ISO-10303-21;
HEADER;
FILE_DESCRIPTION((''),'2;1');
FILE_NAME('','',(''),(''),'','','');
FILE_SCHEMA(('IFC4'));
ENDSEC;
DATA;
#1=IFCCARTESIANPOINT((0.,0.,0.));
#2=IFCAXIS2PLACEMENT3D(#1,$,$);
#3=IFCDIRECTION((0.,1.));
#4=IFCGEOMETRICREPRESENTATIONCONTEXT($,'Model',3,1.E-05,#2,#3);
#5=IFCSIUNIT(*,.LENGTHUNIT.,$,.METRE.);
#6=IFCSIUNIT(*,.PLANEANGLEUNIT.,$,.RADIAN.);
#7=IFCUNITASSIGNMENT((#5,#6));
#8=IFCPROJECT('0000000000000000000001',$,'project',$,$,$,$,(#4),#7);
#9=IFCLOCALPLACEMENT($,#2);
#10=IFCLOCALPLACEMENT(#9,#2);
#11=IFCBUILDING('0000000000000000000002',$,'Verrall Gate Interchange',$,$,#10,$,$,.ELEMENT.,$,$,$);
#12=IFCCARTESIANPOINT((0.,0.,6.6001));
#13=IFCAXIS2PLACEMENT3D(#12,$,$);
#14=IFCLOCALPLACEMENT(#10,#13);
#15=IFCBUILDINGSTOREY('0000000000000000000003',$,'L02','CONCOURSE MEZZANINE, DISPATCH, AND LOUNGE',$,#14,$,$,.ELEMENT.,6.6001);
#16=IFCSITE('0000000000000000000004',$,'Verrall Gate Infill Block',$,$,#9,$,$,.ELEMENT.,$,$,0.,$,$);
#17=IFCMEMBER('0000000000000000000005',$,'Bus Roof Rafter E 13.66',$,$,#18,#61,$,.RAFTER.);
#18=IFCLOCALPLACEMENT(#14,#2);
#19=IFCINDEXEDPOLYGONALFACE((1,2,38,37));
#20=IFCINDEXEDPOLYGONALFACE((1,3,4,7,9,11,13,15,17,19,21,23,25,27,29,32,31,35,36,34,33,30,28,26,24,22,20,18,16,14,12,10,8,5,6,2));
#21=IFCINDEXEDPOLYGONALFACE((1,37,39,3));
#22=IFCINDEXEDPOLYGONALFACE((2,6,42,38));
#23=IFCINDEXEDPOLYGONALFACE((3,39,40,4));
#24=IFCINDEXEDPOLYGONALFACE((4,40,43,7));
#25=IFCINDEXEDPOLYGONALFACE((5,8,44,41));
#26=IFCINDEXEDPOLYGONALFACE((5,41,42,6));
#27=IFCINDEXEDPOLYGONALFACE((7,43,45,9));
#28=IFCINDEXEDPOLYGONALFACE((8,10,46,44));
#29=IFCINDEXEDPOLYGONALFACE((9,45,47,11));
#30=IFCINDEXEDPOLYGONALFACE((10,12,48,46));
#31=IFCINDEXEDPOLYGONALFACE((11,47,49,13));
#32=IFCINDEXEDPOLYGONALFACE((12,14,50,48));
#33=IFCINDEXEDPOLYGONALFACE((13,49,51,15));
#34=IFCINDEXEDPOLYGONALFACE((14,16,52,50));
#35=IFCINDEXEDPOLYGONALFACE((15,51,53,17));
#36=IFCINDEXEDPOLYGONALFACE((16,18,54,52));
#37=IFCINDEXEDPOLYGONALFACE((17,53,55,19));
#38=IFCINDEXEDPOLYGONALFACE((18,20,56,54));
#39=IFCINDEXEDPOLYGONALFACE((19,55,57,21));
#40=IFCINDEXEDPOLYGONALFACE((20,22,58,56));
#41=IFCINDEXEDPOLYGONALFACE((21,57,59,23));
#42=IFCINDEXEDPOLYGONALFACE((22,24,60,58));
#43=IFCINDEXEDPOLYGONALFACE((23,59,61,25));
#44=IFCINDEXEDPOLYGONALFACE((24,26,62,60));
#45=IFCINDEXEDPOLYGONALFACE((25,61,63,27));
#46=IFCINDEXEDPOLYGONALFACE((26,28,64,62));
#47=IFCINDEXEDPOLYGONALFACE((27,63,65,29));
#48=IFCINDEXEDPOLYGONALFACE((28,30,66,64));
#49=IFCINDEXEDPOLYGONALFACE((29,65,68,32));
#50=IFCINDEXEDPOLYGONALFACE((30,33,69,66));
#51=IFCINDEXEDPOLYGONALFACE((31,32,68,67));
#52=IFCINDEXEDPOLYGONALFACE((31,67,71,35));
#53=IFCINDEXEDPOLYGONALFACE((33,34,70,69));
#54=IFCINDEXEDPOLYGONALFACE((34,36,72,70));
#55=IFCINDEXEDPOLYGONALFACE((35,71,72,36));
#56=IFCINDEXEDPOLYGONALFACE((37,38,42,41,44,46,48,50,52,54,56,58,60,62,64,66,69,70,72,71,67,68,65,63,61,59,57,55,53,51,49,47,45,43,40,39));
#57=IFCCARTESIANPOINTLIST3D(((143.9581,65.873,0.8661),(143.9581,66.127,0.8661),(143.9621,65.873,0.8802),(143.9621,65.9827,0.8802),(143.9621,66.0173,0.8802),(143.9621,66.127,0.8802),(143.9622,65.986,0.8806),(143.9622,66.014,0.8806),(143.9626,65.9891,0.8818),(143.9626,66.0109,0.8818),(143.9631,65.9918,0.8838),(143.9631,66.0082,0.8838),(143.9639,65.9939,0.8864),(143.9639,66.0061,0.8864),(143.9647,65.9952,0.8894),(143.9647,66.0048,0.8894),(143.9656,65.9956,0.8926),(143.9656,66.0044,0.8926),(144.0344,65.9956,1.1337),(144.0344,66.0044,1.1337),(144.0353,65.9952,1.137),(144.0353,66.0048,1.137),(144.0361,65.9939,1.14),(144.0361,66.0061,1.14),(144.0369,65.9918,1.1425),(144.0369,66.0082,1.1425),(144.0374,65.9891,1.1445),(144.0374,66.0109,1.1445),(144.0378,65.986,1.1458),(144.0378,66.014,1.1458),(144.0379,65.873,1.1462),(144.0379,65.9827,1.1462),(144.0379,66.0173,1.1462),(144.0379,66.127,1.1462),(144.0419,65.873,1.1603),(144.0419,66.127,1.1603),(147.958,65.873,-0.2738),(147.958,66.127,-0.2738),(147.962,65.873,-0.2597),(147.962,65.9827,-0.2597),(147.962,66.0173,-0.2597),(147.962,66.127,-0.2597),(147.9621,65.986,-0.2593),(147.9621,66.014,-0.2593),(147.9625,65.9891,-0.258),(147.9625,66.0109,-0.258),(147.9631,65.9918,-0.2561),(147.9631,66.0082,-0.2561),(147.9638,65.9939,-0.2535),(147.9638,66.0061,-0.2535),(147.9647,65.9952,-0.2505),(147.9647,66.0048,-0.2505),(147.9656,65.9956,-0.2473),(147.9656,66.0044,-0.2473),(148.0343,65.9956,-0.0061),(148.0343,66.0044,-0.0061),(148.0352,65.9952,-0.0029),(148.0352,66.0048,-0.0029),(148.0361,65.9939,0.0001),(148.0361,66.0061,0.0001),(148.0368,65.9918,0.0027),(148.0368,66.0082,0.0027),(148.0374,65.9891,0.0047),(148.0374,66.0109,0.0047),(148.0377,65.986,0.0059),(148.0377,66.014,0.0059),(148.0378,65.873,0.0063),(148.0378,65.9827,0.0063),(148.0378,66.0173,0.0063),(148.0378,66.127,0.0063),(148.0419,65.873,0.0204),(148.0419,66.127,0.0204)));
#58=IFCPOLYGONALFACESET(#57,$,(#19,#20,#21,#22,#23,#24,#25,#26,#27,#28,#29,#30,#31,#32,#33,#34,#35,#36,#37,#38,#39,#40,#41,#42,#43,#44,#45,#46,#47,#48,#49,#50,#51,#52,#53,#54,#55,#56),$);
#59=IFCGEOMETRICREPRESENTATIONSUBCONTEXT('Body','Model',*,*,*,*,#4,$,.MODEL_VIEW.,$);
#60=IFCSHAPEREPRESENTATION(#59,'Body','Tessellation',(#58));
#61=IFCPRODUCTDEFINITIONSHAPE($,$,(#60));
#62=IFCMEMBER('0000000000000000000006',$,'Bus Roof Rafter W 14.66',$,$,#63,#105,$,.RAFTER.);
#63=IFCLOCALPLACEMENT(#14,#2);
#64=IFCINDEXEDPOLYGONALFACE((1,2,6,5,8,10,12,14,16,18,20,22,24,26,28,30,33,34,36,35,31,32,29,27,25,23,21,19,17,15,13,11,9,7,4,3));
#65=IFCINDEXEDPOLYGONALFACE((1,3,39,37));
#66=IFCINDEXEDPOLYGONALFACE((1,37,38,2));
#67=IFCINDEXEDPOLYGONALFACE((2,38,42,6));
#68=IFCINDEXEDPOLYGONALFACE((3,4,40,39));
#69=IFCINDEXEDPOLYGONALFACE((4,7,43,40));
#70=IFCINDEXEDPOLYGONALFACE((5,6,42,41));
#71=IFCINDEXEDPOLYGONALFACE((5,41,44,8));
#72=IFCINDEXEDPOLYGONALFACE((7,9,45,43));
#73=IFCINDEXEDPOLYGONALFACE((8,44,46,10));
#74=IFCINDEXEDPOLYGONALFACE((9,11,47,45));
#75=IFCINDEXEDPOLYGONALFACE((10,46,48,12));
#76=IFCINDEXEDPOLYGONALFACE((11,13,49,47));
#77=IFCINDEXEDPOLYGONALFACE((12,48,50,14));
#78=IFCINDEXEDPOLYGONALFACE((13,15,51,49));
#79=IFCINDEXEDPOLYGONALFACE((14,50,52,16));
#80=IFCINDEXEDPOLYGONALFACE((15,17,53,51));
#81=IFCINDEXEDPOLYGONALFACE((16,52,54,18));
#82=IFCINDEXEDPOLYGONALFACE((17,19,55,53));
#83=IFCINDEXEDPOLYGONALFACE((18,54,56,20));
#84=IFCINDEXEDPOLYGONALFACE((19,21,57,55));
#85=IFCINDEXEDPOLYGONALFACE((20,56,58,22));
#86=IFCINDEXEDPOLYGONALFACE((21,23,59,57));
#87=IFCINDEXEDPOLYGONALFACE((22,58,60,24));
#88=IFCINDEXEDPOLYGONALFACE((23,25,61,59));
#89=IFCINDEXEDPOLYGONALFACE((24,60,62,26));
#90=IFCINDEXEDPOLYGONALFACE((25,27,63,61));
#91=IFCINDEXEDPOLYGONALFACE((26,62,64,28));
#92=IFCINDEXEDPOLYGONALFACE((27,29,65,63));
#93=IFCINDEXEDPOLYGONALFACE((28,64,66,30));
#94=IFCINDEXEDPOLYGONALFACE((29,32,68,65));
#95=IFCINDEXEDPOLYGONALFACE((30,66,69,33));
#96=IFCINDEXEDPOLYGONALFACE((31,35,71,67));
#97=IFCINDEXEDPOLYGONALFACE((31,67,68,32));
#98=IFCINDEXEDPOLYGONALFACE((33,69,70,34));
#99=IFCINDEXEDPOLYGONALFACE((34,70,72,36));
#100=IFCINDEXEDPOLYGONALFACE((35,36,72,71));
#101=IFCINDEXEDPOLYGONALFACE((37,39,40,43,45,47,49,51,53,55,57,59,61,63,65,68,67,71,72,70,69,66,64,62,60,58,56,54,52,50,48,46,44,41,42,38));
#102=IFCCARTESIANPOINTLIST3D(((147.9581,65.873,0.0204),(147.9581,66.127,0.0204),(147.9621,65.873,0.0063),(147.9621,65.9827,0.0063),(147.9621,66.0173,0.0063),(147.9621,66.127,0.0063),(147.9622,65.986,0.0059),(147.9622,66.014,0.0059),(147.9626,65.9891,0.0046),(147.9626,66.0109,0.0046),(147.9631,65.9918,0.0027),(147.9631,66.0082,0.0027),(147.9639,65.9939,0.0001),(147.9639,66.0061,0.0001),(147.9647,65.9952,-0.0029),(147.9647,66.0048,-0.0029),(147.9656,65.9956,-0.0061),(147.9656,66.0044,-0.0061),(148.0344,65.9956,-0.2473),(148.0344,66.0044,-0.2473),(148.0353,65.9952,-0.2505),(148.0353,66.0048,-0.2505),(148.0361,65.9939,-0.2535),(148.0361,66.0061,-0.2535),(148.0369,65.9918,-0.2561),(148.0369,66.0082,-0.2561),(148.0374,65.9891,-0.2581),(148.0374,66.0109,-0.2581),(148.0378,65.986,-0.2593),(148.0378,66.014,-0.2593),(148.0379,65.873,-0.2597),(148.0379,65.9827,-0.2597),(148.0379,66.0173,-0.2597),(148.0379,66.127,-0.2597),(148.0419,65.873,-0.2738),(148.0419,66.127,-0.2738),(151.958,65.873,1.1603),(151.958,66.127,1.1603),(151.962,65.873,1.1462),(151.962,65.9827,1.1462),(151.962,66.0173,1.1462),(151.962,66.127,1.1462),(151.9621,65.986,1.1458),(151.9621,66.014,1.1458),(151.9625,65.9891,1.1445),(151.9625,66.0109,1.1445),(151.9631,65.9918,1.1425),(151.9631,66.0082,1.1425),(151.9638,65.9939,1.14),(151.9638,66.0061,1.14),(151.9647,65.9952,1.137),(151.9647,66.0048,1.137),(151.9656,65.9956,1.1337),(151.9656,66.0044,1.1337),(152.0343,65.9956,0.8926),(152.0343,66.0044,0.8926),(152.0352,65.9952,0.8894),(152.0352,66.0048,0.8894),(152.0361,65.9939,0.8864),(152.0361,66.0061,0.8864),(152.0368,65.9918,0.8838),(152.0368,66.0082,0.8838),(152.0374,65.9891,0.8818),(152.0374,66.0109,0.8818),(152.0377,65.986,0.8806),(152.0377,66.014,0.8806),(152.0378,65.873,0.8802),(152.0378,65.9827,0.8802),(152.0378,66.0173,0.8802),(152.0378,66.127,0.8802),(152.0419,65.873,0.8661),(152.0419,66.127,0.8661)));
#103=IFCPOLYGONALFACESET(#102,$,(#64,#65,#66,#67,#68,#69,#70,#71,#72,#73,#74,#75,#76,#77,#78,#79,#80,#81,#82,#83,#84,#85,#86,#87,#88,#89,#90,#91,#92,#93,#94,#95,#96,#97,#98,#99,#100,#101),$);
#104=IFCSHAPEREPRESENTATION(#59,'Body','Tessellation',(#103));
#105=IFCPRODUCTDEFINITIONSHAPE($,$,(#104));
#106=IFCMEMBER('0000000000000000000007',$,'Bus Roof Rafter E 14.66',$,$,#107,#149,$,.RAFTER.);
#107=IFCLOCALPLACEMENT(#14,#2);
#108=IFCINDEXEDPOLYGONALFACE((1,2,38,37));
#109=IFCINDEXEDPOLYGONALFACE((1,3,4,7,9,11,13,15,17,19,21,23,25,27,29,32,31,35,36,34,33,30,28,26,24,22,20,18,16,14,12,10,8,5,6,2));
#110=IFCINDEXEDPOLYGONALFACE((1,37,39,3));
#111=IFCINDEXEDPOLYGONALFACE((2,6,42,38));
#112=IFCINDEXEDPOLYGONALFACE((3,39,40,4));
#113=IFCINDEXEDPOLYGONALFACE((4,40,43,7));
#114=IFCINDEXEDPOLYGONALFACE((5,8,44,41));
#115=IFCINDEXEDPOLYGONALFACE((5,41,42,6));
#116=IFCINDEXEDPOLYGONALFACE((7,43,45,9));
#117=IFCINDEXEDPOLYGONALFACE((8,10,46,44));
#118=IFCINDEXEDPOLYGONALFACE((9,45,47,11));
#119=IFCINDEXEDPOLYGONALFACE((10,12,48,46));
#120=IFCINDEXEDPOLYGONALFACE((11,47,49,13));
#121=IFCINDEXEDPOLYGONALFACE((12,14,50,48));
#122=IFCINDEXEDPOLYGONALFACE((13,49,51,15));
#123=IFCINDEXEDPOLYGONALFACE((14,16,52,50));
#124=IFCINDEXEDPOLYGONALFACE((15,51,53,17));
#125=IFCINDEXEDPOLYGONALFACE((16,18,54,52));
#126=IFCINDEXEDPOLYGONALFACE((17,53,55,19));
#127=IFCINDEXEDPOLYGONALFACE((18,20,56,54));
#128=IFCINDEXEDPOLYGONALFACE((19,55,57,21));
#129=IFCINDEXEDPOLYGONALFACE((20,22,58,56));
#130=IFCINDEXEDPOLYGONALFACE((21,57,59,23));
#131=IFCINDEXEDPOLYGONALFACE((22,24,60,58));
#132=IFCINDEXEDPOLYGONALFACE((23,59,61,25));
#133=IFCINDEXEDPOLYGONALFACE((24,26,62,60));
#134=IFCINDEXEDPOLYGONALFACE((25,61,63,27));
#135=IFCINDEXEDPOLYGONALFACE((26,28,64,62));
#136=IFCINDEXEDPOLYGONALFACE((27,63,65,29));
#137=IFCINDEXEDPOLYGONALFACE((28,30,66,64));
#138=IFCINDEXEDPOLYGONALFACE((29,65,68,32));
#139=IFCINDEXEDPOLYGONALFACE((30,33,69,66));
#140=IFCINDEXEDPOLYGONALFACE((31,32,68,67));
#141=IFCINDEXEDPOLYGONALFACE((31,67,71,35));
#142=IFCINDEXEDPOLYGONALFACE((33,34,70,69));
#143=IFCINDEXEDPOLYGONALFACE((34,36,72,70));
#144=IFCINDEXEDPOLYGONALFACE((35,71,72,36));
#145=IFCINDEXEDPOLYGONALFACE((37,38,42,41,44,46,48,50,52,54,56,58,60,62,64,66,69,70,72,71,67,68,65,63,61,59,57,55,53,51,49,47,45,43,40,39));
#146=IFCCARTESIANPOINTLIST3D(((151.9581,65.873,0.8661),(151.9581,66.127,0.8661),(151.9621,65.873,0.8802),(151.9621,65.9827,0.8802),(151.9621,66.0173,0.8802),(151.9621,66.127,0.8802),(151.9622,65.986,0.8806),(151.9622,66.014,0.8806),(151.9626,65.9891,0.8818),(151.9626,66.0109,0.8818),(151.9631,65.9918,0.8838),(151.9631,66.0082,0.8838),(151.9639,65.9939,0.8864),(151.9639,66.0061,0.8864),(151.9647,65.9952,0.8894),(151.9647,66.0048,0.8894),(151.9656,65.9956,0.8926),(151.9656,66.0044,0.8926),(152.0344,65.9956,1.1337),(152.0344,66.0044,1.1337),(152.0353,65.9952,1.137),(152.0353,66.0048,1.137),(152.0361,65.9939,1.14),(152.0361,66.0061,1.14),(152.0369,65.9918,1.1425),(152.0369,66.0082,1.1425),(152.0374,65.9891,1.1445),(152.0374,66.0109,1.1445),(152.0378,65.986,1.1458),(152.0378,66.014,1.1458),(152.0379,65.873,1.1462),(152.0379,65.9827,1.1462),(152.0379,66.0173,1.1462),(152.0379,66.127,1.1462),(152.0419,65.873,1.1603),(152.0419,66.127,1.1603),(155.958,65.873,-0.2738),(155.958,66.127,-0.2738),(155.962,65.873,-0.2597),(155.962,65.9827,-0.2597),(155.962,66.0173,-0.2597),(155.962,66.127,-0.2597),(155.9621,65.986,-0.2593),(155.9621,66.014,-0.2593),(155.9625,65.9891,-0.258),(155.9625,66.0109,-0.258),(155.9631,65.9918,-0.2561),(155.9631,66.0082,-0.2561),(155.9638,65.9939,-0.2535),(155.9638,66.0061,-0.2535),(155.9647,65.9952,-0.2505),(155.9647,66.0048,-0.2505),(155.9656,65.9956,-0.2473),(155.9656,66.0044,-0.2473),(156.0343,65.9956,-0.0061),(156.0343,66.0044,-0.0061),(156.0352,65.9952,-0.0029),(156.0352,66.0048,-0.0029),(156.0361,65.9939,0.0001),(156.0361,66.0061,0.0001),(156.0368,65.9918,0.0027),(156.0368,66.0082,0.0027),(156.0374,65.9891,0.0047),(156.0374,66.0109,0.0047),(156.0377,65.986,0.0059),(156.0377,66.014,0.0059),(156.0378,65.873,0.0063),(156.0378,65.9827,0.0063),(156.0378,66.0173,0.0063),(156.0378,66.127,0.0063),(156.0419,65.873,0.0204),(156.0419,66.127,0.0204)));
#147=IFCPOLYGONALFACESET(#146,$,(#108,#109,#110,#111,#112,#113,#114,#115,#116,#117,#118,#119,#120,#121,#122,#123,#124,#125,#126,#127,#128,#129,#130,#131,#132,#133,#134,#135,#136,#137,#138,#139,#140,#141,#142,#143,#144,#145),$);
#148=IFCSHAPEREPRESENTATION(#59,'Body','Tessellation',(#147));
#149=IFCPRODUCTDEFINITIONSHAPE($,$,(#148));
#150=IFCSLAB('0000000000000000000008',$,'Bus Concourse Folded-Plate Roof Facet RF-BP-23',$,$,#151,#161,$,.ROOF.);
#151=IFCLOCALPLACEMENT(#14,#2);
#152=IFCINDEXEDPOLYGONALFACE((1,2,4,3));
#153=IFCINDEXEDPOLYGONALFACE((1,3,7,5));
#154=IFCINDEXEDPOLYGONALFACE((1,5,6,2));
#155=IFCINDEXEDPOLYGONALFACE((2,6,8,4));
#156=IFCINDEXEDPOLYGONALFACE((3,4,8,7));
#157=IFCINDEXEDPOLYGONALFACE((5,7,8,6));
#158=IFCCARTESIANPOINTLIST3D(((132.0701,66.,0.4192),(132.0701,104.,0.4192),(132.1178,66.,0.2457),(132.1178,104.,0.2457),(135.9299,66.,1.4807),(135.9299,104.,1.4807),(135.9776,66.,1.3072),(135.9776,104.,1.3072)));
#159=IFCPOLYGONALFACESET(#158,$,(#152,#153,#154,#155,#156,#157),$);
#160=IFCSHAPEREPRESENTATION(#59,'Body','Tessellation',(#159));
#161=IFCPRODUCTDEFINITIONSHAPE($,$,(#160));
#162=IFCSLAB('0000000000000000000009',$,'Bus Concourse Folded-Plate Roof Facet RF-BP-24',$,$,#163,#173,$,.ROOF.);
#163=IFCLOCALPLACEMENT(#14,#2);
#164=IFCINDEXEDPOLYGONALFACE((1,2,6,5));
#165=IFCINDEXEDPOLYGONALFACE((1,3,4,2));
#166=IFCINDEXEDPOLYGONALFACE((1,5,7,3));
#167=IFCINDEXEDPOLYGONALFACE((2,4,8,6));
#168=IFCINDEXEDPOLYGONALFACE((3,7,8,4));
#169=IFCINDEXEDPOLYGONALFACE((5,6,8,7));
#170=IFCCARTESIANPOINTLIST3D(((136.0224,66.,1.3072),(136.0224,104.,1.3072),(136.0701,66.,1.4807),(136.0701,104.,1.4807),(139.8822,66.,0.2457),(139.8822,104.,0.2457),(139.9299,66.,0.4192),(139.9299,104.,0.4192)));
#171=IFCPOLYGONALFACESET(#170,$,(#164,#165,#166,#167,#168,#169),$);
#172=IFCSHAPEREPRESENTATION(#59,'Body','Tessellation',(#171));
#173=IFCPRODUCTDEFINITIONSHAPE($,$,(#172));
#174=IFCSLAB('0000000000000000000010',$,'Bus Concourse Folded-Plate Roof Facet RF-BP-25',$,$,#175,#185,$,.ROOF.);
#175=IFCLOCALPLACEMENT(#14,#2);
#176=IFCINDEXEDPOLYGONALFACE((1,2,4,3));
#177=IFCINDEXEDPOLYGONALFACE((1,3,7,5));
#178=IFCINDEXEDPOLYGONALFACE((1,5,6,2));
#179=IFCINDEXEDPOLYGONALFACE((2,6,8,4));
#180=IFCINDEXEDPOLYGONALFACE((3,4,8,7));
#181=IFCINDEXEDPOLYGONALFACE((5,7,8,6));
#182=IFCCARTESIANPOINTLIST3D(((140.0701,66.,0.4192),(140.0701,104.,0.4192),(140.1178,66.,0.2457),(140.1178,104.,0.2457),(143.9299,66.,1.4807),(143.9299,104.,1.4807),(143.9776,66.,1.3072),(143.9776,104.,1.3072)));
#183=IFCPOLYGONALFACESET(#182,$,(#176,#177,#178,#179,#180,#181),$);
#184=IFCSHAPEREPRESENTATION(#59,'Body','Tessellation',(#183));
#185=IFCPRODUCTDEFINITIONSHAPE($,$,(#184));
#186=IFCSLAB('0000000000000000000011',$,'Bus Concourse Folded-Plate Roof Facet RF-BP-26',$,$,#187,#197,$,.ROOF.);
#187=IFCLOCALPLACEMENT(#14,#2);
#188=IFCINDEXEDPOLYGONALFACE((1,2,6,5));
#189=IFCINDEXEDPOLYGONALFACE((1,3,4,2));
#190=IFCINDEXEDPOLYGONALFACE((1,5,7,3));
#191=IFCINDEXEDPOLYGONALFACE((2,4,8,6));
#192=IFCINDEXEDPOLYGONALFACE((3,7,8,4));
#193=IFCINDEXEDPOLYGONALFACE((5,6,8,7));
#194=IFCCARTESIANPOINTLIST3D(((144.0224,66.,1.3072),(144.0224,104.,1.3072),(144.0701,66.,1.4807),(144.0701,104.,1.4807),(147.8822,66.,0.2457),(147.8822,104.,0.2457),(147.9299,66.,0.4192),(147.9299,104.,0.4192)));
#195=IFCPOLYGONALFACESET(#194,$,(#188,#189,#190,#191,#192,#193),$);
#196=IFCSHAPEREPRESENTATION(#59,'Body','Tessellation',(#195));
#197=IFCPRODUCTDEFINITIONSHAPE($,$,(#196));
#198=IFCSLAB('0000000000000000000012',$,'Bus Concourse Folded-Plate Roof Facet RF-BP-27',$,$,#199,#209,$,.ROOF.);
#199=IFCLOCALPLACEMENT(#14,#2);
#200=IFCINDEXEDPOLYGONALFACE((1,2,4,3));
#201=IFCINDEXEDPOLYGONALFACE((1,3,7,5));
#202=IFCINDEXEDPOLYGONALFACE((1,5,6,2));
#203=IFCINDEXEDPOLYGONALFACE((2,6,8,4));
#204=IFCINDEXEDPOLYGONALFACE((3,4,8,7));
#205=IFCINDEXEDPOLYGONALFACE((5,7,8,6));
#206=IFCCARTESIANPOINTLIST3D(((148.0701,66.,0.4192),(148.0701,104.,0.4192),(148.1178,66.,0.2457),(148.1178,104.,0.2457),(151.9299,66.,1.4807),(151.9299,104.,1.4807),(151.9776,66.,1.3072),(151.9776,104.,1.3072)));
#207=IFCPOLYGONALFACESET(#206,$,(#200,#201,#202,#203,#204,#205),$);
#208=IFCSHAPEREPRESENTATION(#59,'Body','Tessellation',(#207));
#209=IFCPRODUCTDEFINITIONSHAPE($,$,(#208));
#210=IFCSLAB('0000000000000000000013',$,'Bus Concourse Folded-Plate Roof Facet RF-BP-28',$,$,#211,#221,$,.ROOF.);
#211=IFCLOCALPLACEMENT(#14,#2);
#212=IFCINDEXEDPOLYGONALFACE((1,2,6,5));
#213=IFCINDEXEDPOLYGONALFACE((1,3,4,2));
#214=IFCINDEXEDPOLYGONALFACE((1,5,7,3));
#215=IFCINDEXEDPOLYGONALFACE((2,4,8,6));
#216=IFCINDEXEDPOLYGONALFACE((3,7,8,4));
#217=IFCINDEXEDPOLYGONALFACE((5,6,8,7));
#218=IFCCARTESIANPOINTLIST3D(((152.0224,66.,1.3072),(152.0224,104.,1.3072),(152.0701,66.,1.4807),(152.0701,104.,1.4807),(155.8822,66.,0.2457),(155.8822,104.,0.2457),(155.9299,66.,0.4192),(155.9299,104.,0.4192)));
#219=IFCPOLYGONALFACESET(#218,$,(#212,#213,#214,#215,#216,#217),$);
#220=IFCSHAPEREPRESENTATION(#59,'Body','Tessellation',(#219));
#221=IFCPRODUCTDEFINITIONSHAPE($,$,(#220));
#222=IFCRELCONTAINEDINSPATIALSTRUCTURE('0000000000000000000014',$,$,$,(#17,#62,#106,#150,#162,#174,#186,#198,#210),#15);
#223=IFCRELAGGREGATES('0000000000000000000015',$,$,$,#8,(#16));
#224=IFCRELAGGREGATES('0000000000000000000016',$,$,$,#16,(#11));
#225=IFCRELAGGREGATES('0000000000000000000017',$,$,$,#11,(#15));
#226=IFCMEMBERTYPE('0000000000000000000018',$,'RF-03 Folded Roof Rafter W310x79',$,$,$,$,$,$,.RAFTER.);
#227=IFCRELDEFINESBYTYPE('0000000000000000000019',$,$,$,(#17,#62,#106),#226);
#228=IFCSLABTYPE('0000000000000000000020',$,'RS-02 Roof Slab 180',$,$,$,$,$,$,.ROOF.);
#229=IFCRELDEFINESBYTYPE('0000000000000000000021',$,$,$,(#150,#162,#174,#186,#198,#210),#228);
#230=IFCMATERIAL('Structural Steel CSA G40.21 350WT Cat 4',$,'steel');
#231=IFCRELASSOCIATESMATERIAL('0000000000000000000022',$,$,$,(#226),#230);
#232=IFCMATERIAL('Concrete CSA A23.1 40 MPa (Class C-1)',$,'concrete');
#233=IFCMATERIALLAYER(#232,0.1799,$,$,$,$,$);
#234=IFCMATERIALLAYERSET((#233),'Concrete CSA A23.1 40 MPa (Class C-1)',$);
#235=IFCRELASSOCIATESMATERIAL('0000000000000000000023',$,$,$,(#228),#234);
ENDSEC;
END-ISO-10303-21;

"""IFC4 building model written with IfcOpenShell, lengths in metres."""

from ifc_helpers import new_model, si_unit, direction, frame, origin, origin_2d, place, context, subcontext, project, spatial, polyline, i_section, outline, extrude, material, layer, layer_set, material_profile, profile_set, type_object, element, save


model = new_model("IFC4")

# Units and contexts
model_context = context("Model", 3, precision=1e-05, world=origin(), true_north=direction((0.0, 1.0)))
body_context = subcontext(model_context, "Body", "Model", "MODEL_VIEW")
ifc_project = project(units=[si_unit("LENGTHUNIT", "METRE"), si_unit("PLANEANGLEUNIT", "RADIAN")], contexts=[model_context])

# Site, building, storey
site_placement = place(None, origin())
site = spatial("IfcSite", under=ifc_project, at=site_placement, Name="Verrall Gate Infill Block", CompositionType="ELEMENT", RefElevation=0.0)
building_placement = place(site_placement, origin())
building = spatial("IfcBuilding", under=site, at=building_placement, Name="Verrall Gate Interchange", CompositionType="ELEMENT")
storey_placement = place(building_placement, frame((0.0, 0.0, 6.6001)))
storey = spatial("IfcBuildingStorey", under=building, at=storey_placement, Name="L02", Description="CONCOURSE MEZZANINE, DISPATCH, AND LOUNGE", CompositionType="ELEMENT", Elevation=6.6001)

# Members
ifc_material_1 = material(Name="Structural Steel CSA G40.21 350WT Cat 4", Category="steel")
ifc_material_profile_1 = material_profile(ifc_material_1, i_section(OverallWidth=0.2539, OverallDepth=0.3059, WebThickness=0.0088, FlangeThickness=0.0146, FilletRadius=0.0129, at=origin_2d()), Name="W310x79")
ifc_profile_set_1 = profile_set([ifc_material_profile_1], Name="Structural Steel CSA G40.21 350WT Cat 4")
member_type_1 = type_object("IfcMemberType", Name="RF-03 Folded Roof Rafter W310x79", PredefinedType="RAFTER", material=ifc_profile_set_1)
for number, where, z_axis, x_axis, name in (
    (1, (144.0, 66.0, 1.0132), (0.961712, 0.0, -0.274062), (0.0, 1.0, 0.0), "Bus Roof Rafter E 13.66"),
    (2, (148.0, 66.0, -0.1267), (0.961712, 0.0, 0.274062), (0.0, 1.0, 0.0), "Bus Roof Rafter W 14.66"),
    (3, (152.0, 66.0, 1.0132), (0.961712, 0.0, -0.274062), (0.0, 1.0, 0.0), "Bus Roof Rafter E 14.66"),
):
    element("IfcMember", number, at=place(storey_placement, frame(where, z_axis=z_axis, x_axis=x_axis)), inside=storey, type_object=member_type_1, Name=name, PredefinedType="RAFTER", context=body_context, shape_type="SweptSolid", body=[
        extrude(i_section(OverallWidth=0.2539, OverallDepth=0.3059, WebThickness=0.0088, FlangeThickness=0.0146, FilletRadius=0.0129, at=origin_2d()), origin(), (0.0, 0.0, 1.0), 4.1592),
    ])

# Slabs
ifc_material_2 = material(Name="Concrete CSA A23.1 40 MPa (Class C-1)", Category="concrete")
ifc_layer = layer(ifc_material_2, 0.1799)
ifc_layer_set = layer_set([ifc_layer], Name="Concrete CSA A23.1 40 MPa (Class C-1)")
slab_type = type_object("IfcSlabType", Name="RS-02 Roof Slab 180", PredefinedType="ROOF", material=ifc_layer_set)
for number, where, z_axis, x_axis, name in (
    (4, (132.0701, 66.0, 0.4192), (-0.265171, 0.0, 0.964201), (0.964201, 0.0, 0.265171), "Bus Concourse Folded-Plate Roof Facet RF-BP-23"),
    (5, (136.0701, 66.0, 1.4807), (0.265171, 0.0, 0.964201), (0.964201, 0.0, -0.265171), "Bus Concourse Folded-Plate Roof Facet RF-BP-24"),
    (6, (140.0701, 66.0, 0.4192), (-0.265171, 0.0, 0.964201), (0.964201, 0.0, 0.265171), "Bus Concourse Folded-Plate Roof Facet RF-BP-25"),
    (7, (144.0701, 66.0, 1.4807), (0.265171, 0.0, 0.964201), (0.964201, 0.0, -0.265171), "Bus Concourse Folded-Plate Roof Facet RF-BP-26"),
    (8, (148.0701, 66.0, 0.4192), (-0.265171, 0.0, 0.964201), (0.964201, 0.0, 0.265171), "Bus Concourse Folded-Plate Roof Facet RF-BP-27"),
    (9, (152.0701, 66.0, 1.4807), (0.265171, 0.0, 0.964201), (0.964201, 0.0, -0.265171), "Bus Concourse Folded-Plate Roof Facet RF-BP-28"),
):
    element("IfcSlab", number, at=place(storey_placement, frame(where, z_axis=z_axis, x_axis=x_axis)), inside=storey, type_object=slab_type, Name=name, PredefinedType="ROOF", context=body_context, shape_type="SweptSolid", body=[
        extrude(outline(polyline([(0.0, 0.0), (4.0032, 0.0), (4.0032, 38.0), (0.0, 38.0), (0.0, 0.0)])), origin(), (0.0, 0.0, -1.0), 0.1799),
    ])

save(model, "model.ifc")
